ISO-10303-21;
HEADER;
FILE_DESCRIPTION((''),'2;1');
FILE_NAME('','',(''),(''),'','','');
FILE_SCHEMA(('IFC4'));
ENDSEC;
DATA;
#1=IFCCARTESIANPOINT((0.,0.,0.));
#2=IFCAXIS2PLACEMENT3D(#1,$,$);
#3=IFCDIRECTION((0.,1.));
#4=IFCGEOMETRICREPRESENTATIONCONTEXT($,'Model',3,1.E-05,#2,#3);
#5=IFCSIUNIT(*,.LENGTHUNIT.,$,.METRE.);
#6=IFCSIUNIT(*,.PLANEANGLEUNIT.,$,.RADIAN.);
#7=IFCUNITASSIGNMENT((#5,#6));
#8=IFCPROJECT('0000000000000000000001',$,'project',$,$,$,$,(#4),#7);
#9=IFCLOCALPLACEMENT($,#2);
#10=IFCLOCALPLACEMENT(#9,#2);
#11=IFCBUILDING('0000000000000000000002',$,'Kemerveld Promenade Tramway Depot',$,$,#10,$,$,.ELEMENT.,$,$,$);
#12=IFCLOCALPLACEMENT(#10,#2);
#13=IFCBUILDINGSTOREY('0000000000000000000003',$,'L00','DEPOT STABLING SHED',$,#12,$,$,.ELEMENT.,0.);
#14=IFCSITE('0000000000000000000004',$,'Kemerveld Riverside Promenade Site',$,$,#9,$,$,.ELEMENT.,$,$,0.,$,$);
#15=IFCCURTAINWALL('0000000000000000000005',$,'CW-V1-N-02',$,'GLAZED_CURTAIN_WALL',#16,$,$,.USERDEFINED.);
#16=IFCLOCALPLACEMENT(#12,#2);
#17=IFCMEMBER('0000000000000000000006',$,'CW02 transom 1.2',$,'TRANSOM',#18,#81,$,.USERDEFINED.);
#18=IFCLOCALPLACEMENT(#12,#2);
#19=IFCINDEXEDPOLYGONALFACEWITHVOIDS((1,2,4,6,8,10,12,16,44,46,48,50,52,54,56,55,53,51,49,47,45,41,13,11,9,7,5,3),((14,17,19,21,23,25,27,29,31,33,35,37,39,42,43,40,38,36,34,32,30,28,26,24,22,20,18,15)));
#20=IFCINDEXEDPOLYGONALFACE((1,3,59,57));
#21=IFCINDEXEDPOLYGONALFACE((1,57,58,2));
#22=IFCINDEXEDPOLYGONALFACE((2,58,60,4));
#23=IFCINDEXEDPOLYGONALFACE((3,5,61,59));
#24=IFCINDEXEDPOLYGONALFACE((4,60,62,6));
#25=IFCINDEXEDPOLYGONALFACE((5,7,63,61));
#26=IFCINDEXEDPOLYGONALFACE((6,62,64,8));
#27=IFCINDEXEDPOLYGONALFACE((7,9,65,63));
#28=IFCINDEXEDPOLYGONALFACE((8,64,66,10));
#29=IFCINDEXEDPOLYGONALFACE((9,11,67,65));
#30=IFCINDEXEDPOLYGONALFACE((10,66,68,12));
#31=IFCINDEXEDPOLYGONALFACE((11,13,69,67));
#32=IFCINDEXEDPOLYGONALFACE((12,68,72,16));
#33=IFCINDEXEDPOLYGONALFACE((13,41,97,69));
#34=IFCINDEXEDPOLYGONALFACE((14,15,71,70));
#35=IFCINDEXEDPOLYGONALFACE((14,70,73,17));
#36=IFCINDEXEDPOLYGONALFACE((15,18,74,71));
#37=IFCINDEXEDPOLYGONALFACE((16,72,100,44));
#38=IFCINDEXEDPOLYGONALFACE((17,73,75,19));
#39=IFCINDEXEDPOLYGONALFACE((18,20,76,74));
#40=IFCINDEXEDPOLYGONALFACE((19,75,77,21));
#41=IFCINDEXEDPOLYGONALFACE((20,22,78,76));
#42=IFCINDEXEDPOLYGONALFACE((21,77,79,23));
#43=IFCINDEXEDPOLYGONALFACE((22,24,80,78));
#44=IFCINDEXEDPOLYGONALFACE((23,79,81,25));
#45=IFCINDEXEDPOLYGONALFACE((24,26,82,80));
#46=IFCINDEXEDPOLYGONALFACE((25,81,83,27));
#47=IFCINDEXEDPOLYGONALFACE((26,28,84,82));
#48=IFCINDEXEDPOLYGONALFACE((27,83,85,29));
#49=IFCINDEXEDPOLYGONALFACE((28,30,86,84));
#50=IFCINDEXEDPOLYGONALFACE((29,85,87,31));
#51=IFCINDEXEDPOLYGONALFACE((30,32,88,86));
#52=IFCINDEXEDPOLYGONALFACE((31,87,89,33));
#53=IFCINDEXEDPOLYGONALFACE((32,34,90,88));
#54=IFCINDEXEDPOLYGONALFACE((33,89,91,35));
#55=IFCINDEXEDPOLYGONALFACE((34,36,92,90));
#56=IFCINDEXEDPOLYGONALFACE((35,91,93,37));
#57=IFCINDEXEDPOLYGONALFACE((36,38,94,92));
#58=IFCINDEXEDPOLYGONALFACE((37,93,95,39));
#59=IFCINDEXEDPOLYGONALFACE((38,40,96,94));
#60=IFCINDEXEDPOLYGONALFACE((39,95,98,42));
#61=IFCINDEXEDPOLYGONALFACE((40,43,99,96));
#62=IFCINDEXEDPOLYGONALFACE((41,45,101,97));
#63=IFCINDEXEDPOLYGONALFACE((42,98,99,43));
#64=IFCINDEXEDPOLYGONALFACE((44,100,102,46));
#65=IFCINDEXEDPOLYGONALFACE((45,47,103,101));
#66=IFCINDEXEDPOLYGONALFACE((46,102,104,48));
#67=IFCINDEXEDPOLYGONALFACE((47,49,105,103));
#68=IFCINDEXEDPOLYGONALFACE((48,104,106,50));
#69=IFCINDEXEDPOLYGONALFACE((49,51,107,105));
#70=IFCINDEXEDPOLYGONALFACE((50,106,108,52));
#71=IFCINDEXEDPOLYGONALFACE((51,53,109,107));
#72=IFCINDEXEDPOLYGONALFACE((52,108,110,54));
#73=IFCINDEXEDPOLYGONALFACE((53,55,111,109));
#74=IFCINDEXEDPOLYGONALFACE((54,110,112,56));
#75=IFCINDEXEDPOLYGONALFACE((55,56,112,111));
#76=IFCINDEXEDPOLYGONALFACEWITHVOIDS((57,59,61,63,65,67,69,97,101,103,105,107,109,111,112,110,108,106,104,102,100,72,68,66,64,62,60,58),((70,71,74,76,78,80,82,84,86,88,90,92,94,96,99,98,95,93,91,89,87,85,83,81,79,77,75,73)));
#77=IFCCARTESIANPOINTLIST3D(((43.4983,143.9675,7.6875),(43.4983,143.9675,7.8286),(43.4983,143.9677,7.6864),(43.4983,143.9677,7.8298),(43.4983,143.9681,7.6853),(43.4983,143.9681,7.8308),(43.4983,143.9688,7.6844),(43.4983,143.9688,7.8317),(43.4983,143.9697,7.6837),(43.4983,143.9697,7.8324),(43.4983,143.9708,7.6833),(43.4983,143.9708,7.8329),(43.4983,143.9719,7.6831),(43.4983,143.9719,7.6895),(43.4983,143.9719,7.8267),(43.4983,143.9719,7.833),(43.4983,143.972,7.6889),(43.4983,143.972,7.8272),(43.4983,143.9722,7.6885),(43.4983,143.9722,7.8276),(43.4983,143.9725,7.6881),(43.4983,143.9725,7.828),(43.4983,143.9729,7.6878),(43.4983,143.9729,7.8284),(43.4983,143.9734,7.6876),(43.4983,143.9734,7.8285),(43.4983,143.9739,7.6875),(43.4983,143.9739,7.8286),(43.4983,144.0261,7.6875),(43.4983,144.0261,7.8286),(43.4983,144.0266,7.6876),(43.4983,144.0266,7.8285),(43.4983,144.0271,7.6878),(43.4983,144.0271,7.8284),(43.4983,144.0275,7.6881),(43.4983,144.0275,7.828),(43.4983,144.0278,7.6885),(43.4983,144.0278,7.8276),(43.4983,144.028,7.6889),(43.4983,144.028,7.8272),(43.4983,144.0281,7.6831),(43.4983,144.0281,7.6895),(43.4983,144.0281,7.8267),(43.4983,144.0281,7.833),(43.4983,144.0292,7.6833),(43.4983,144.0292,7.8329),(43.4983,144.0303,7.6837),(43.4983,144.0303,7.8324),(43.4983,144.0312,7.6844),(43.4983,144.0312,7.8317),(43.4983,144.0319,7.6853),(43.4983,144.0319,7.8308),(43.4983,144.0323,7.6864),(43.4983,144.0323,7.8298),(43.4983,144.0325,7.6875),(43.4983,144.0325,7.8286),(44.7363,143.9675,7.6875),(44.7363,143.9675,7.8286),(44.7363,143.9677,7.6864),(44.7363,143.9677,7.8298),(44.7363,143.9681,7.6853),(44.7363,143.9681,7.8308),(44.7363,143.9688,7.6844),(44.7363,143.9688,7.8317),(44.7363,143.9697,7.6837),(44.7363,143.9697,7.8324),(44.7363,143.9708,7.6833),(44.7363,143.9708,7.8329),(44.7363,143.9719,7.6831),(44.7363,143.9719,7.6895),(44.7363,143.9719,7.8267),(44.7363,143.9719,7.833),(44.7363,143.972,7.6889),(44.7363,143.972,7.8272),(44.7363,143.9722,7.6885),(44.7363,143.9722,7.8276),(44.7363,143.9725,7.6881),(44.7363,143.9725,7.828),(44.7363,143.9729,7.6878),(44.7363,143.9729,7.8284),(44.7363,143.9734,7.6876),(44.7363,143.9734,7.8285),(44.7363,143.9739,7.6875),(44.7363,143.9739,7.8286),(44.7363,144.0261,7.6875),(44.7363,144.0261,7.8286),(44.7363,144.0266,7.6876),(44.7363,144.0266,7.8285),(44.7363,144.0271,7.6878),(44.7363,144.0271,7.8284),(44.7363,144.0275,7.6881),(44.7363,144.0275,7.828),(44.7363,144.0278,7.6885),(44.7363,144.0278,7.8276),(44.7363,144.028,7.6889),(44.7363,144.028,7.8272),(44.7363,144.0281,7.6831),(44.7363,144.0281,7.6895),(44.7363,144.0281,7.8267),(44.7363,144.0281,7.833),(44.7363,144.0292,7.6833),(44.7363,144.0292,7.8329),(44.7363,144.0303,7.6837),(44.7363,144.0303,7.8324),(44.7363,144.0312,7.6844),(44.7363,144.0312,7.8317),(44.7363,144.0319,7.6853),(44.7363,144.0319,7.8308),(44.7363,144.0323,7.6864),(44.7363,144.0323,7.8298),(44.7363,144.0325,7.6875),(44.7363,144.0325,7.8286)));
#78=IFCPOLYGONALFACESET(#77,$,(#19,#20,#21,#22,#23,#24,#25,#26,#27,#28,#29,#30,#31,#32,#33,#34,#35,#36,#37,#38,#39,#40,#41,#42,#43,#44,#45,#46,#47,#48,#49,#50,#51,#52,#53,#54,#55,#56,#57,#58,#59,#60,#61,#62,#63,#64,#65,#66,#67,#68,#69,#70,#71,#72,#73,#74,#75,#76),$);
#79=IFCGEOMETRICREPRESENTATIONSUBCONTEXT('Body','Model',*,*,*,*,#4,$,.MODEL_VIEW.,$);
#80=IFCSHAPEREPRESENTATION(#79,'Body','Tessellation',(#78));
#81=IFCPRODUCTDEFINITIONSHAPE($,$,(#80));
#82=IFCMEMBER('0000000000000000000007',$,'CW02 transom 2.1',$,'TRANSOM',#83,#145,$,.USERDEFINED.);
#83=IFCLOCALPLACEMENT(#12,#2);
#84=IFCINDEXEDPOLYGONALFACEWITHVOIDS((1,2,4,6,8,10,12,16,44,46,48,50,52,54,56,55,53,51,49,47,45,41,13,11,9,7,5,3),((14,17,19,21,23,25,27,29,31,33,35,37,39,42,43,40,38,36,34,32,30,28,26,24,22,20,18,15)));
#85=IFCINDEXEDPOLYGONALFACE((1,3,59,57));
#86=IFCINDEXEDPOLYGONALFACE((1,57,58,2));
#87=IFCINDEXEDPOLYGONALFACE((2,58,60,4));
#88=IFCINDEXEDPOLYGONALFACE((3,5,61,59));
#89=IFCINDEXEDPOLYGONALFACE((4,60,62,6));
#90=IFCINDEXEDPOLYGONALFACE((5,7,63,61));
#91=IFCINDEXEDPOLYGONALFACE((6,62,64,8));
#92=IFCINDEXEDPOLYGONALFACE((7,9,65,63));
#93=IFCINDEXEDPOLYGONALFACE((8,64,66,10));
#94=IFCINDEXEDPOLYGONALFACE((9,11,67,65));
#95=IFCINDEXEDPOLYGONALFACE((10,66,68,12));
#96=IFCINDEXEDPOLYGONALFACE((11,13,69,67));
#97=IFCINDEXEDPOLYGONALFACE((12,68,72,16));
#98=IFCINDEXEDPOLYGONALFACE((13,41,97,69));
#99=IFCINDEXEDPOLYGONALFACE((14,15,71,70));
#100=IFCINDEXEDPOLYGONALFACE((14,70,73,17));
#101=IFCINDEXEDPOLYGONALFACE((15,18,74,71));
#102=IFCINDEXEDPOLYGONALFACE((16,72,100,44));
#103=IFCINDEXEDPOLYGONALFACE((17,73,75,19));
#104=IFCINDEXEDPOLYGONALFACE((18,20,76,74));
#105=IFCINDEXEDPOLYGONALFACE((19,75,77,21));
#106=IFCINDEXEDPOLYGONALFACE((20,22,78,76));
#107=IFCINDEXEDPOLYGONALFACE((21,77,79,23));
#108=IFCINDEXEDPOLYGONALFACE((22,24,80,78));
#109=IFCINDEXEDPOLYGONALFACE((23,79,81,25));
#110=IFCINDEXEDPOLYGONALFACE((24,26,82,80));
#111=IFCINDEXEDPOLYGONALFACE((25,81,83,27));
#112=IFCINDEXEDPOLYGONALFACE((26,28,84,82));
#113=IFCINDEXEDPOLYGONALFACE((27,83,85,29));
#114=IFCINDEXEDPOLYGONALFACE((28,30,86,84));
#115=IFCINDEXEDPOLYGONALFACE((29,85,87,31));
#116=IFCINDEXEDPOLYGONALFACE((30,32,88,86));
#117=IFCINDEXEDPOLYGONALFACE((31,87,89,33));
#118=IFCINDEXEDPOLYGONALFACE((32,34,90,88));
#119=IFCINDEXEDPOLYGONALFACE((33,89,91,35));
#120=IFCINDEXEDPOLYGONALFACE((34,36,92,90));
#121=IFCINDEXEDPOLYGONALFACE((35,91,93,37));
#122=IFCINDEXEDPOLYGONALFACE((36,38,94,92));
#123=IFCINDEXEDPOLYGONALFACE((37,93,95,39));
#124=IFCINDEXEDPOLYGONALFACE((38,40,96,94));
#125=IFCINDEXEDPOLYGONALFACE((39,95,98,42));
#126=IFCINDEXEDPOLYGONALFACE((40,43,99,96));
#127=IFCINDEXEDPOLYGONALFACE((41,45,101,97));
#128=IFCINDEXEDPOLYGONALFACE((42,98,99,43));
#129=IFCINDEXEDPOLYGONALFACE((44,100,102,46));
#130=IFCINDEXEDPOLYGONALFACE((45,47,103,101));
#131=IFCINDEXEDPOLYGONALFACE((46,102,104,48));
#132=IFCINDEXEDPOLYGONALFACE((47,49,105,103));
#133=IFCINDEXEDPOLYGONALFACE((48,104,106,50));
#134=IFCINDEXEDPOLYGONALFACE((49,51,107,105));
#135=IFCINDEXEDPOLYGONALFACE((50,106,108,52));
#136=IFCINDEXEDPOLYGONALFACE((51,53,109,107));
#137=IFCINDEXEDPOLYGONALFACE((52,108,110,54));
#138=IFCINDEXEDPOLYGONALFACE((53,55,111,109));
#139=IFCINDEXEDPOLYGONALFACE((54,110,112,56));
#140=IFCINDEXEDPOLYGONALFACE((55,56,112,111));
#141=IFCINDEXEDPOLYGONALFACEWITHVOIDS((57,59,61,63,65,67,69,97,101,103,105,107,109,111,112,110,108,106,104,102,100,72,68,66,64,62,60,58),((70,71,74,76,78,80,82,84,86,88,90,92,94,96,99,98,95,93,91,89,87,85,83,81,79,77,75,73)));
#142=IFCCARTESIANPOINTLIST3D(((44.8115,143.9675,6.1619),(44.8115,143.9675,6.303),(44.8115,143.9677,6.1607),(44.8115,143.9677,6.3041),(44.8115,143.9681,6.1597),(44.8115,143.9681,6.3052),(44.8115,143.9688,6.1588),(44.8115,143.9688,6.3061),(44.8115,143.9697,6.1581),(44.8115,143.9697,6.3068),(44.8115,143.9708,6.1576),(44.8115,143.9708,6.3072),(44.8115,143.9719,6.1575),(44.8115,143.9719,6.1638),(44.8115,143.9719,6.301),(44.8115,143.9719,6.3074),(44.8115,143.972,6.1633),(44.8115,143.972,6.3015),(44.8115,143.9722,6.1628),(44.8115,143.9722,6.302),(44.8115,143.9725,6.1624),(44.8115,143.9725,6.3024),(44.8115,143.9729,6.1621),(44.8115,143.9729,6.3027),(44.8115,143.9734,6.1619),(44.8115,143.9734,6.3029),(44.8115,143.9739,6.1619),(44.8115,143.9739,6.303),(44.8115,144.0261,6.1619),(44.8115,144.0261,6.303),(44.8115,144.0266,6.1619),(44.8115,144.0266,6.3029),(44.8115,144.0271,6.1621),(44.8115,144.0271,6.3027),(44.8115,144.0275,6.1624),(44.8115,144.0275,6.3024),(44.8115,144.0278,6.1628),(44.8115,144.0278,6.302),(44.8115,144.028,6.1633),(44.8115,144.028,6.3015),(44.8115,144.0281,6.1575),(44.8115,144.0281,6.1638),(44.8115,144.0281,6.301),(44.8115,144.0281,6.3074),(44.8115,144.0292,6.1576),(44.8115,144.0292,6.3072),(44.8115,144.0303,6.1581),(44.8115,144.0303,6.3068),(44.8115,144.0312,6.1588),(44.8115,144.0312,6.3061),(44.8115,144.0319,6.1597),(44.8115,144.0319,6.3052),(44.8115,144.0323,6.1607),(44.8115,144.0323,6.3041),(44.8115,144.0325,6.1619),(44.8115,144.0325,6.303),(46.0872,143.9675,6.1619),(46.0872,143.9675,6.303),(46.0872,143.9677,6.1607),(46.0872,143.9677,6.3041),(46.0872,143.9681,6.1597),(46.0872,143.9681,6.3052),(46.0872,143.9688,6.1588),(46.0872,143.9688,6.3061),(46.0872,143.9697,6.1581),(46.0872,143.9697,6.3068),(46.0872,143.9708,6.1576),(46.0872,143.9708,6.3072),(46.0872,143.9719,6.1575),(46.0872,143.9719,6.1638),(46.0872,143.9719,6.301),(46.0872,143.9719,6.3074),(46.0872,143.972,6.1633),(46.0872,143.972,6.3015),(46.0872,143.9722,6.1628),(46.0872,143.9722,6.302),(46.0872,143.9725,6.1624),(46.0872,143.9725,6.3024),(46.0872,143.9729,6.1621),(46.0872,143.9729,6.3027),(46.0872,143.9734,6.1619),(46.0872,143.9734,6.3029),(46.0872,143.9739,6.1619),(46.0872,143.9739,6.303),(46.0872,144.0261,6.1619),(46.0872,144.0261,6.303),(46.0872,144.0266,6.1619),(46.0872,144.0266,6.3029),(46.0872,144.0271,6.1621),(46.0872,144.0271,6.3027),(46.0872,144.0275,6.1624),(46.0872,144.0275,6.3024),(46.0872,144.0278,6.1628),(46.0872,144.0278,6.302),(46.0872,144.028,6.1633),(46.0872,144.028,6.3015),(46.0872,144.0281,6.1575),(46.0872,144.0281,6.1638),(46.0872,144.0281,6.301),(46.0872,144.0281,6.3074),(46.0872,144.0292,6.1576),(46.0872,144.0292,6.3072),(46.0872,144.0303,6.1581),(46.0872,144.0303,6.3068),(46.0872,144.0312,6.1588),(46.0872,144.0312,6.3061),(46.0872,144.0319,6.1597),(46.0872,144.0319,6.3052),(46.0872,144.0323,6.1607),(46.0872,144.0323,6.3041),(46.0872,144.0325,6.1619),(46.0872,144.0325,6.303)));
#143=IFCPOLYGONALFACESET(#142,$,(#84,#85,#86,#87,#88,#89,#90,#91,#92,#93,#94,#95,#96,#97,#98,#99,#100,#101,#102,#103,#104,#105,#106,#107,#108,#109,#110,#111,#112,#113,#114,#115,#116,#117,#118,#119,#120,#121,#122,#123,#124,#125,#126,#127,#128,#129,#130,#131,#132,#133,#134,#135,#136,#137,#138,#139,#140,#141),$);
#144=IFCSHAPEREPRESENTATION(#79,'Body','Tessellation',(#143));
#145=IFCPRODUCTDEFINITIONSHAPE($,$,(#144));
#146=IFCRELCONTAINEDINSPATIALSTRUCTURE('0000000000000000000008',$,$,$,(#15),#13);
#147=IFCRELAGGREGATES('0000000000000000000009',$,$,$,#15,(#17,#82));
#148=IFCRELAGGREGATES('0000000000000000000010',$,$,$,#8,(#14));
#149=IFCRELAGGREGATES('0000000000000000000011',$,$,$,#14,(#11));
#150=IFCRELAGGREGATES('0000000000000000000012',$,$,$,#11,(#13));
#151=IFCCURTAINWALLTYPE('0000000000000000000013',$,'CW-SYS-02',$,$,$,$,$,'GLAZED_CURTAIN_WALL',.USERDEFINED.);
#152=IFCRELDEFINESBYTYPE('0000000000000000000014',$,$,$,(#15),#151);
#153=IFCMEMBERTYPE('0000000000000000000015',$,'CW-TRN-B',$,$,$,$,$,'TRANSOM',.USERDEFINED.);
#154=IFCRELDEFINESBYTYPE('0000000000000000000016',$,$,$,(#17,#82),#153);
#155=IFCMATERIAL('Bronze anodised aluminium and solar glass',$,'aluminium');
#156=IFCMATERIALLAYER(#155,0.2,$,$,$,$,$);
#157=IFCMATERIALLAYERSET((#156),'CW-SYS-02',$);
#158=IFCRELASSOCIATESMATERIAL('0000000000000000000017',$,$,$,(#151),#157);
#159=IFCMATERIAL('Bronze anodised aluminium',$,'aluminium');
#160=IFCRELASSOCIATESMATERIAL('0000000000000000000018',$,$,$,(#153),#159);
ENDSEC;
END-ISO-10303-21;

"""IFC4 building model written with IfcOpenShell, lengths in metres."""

from ifc_helpers import new_model, si_unit, direction, frame, origin, origin_2d, place, context, subcontext, project, spatial, hollow_rectangle, extrude, material, layer, layer_set, material_profile, profile_set, type_object, element, aggregate, save


model = new_model("IFC4")

# Units and contexts
model_context = context("Model", 3, precision=1e-05, world=origin(), true_north=direction((0.0, 1.0)))
body_context = subcontext(model_context, "Body", "Model", "MODEL_VIEW")
ifc_project = project(units=[si_unit("LENGTHUNIT", "METRE"), si_unit("PLANEANGLEUNIT", "RADIAN")], contexts=[model_context])

# Site, building, storey
site_placement = place(None, origin())
site = spatial("IfcSite", under=ifc_project, at=site_placement, Name="Kemerveld Riverside Promenade Site", CompositionType="ELEMENT", RefElevation=0.0)
building_placement = place(site_placement, origin())
building = spatial("IfcBuilding", under=site, at=building_placement, Name="Kemerveld Promenade Tramway Depot", CompositionType="ELEMENT")
storey_placement = place(building_placement, origin())
storey = spatial("IfcBuildingStorey", under=building, at=storey_placement, Name="L00", Description="DEPOT STABLING SHED", CompositionType="ELEMENT", Elevation=0.0)

# Shared definitions
ifc_material_1 = material(Name="Bronze anodised aluminium and solar glass", Category="aluminium")
ifc_material_2 = material(Name="Bronze anodised aluminium", Category="aluminium")

# Curtain wall
ifc_layer_1 = layer(ifc_material_1, 0.2)
ifc_layer_set_1 = layer_set([ifc_layer_1], Name="CW-SYS-02")
curtain_wall_type_1 = type_object("IfcCurtainWallType", Name="CW-SYS-02", ElementType="GLAZED_CURTAIN_WALL", PredefinedType="USERDEFINED", material=ifc_layer_set_1)
curtain_wall_1_placement = place(storey_placement, origin())
curtain_wall_1 = element("IfcCurtainWall", 1, at=curtain_wall_1_placement, inside=storey, type_object=curtain_wall_type_1, Name="CW-V1-N-02", ObjectType="GLAZED_CURTAIN_WALL", PredefinedType="USERDEFINED")

# Members
ifc_material_profile_1 = material_profile(ifc_material_2, hollow_rectangle(XDim=0.0649, YDim=0.1499, WallThickness=0.0044, InnerFilletRadius=0.002, OuterFilletRadius=0.0044, at=origin_2d()), Name="CW-TRN-150x65")
ifc_profile_set_1 = profile_set([ifc_material_profile_1], Name="Bronze anodised aluminium")
member_type_1 = type_object("IfcMemberType", Name="CW-TRN-B", ElementType="TRANSOM", PredefinedType="USERDEFINED", material=ifc_profile_set_1)
member_1_placement = place(storey_placement, frame((43.4983, 144.0, 7.7581), z_axis=(1.0, 0.0, 0.0), x_axis=(0.0, 1.0, 0.0)))
member_1 = element("IfcMember", 2, at=member_1_placement, type_object=member_type_1, Name="CW02 transom 1.2", ObjectType="TRANSOM", PredefinedType="USERDEFINED", context=body_context, shape_type="SweptSolid", body=[
    extrude(hollow_rectangle(XDim=0.0649, YDim=0.1499, WallThickness=0.0044, InnerFilletRadius=0.002, OuterFilletRadius=0.0044, at=origin_2d()), origin(), (0.0, 0.0, 1.0), 1.238),
])
member_2_placement = place(storey_placement, frame((44.8115, 144.0, 6.2324), z_axis=(1.0, 0.0, 0.0), x_axis=(0.0, 1.0, 0.0)))
member_2 = element("IfcMember", 3, at=member_2_placement, type_object=member_type_1, Name="CW02 transom 2.1", ObjectType="TRANSOM", PredefinedType="USERDEFINED", context=body_context, shape_type="SweptSolid", body=[
    extrude(hollow_rectangle(XDim=0.0649, YDim=0.1499, WallThickness=0.0044, InnerFilletRadius=0.002, OuterFilletRadius=0.0044, at=origin_2d()), origin(), (0.0, 0.0, 1.0), 1.2756),
])

aggregate(curtain_wall_1, [member_1, member_2])

save(model, "model.ifc")
